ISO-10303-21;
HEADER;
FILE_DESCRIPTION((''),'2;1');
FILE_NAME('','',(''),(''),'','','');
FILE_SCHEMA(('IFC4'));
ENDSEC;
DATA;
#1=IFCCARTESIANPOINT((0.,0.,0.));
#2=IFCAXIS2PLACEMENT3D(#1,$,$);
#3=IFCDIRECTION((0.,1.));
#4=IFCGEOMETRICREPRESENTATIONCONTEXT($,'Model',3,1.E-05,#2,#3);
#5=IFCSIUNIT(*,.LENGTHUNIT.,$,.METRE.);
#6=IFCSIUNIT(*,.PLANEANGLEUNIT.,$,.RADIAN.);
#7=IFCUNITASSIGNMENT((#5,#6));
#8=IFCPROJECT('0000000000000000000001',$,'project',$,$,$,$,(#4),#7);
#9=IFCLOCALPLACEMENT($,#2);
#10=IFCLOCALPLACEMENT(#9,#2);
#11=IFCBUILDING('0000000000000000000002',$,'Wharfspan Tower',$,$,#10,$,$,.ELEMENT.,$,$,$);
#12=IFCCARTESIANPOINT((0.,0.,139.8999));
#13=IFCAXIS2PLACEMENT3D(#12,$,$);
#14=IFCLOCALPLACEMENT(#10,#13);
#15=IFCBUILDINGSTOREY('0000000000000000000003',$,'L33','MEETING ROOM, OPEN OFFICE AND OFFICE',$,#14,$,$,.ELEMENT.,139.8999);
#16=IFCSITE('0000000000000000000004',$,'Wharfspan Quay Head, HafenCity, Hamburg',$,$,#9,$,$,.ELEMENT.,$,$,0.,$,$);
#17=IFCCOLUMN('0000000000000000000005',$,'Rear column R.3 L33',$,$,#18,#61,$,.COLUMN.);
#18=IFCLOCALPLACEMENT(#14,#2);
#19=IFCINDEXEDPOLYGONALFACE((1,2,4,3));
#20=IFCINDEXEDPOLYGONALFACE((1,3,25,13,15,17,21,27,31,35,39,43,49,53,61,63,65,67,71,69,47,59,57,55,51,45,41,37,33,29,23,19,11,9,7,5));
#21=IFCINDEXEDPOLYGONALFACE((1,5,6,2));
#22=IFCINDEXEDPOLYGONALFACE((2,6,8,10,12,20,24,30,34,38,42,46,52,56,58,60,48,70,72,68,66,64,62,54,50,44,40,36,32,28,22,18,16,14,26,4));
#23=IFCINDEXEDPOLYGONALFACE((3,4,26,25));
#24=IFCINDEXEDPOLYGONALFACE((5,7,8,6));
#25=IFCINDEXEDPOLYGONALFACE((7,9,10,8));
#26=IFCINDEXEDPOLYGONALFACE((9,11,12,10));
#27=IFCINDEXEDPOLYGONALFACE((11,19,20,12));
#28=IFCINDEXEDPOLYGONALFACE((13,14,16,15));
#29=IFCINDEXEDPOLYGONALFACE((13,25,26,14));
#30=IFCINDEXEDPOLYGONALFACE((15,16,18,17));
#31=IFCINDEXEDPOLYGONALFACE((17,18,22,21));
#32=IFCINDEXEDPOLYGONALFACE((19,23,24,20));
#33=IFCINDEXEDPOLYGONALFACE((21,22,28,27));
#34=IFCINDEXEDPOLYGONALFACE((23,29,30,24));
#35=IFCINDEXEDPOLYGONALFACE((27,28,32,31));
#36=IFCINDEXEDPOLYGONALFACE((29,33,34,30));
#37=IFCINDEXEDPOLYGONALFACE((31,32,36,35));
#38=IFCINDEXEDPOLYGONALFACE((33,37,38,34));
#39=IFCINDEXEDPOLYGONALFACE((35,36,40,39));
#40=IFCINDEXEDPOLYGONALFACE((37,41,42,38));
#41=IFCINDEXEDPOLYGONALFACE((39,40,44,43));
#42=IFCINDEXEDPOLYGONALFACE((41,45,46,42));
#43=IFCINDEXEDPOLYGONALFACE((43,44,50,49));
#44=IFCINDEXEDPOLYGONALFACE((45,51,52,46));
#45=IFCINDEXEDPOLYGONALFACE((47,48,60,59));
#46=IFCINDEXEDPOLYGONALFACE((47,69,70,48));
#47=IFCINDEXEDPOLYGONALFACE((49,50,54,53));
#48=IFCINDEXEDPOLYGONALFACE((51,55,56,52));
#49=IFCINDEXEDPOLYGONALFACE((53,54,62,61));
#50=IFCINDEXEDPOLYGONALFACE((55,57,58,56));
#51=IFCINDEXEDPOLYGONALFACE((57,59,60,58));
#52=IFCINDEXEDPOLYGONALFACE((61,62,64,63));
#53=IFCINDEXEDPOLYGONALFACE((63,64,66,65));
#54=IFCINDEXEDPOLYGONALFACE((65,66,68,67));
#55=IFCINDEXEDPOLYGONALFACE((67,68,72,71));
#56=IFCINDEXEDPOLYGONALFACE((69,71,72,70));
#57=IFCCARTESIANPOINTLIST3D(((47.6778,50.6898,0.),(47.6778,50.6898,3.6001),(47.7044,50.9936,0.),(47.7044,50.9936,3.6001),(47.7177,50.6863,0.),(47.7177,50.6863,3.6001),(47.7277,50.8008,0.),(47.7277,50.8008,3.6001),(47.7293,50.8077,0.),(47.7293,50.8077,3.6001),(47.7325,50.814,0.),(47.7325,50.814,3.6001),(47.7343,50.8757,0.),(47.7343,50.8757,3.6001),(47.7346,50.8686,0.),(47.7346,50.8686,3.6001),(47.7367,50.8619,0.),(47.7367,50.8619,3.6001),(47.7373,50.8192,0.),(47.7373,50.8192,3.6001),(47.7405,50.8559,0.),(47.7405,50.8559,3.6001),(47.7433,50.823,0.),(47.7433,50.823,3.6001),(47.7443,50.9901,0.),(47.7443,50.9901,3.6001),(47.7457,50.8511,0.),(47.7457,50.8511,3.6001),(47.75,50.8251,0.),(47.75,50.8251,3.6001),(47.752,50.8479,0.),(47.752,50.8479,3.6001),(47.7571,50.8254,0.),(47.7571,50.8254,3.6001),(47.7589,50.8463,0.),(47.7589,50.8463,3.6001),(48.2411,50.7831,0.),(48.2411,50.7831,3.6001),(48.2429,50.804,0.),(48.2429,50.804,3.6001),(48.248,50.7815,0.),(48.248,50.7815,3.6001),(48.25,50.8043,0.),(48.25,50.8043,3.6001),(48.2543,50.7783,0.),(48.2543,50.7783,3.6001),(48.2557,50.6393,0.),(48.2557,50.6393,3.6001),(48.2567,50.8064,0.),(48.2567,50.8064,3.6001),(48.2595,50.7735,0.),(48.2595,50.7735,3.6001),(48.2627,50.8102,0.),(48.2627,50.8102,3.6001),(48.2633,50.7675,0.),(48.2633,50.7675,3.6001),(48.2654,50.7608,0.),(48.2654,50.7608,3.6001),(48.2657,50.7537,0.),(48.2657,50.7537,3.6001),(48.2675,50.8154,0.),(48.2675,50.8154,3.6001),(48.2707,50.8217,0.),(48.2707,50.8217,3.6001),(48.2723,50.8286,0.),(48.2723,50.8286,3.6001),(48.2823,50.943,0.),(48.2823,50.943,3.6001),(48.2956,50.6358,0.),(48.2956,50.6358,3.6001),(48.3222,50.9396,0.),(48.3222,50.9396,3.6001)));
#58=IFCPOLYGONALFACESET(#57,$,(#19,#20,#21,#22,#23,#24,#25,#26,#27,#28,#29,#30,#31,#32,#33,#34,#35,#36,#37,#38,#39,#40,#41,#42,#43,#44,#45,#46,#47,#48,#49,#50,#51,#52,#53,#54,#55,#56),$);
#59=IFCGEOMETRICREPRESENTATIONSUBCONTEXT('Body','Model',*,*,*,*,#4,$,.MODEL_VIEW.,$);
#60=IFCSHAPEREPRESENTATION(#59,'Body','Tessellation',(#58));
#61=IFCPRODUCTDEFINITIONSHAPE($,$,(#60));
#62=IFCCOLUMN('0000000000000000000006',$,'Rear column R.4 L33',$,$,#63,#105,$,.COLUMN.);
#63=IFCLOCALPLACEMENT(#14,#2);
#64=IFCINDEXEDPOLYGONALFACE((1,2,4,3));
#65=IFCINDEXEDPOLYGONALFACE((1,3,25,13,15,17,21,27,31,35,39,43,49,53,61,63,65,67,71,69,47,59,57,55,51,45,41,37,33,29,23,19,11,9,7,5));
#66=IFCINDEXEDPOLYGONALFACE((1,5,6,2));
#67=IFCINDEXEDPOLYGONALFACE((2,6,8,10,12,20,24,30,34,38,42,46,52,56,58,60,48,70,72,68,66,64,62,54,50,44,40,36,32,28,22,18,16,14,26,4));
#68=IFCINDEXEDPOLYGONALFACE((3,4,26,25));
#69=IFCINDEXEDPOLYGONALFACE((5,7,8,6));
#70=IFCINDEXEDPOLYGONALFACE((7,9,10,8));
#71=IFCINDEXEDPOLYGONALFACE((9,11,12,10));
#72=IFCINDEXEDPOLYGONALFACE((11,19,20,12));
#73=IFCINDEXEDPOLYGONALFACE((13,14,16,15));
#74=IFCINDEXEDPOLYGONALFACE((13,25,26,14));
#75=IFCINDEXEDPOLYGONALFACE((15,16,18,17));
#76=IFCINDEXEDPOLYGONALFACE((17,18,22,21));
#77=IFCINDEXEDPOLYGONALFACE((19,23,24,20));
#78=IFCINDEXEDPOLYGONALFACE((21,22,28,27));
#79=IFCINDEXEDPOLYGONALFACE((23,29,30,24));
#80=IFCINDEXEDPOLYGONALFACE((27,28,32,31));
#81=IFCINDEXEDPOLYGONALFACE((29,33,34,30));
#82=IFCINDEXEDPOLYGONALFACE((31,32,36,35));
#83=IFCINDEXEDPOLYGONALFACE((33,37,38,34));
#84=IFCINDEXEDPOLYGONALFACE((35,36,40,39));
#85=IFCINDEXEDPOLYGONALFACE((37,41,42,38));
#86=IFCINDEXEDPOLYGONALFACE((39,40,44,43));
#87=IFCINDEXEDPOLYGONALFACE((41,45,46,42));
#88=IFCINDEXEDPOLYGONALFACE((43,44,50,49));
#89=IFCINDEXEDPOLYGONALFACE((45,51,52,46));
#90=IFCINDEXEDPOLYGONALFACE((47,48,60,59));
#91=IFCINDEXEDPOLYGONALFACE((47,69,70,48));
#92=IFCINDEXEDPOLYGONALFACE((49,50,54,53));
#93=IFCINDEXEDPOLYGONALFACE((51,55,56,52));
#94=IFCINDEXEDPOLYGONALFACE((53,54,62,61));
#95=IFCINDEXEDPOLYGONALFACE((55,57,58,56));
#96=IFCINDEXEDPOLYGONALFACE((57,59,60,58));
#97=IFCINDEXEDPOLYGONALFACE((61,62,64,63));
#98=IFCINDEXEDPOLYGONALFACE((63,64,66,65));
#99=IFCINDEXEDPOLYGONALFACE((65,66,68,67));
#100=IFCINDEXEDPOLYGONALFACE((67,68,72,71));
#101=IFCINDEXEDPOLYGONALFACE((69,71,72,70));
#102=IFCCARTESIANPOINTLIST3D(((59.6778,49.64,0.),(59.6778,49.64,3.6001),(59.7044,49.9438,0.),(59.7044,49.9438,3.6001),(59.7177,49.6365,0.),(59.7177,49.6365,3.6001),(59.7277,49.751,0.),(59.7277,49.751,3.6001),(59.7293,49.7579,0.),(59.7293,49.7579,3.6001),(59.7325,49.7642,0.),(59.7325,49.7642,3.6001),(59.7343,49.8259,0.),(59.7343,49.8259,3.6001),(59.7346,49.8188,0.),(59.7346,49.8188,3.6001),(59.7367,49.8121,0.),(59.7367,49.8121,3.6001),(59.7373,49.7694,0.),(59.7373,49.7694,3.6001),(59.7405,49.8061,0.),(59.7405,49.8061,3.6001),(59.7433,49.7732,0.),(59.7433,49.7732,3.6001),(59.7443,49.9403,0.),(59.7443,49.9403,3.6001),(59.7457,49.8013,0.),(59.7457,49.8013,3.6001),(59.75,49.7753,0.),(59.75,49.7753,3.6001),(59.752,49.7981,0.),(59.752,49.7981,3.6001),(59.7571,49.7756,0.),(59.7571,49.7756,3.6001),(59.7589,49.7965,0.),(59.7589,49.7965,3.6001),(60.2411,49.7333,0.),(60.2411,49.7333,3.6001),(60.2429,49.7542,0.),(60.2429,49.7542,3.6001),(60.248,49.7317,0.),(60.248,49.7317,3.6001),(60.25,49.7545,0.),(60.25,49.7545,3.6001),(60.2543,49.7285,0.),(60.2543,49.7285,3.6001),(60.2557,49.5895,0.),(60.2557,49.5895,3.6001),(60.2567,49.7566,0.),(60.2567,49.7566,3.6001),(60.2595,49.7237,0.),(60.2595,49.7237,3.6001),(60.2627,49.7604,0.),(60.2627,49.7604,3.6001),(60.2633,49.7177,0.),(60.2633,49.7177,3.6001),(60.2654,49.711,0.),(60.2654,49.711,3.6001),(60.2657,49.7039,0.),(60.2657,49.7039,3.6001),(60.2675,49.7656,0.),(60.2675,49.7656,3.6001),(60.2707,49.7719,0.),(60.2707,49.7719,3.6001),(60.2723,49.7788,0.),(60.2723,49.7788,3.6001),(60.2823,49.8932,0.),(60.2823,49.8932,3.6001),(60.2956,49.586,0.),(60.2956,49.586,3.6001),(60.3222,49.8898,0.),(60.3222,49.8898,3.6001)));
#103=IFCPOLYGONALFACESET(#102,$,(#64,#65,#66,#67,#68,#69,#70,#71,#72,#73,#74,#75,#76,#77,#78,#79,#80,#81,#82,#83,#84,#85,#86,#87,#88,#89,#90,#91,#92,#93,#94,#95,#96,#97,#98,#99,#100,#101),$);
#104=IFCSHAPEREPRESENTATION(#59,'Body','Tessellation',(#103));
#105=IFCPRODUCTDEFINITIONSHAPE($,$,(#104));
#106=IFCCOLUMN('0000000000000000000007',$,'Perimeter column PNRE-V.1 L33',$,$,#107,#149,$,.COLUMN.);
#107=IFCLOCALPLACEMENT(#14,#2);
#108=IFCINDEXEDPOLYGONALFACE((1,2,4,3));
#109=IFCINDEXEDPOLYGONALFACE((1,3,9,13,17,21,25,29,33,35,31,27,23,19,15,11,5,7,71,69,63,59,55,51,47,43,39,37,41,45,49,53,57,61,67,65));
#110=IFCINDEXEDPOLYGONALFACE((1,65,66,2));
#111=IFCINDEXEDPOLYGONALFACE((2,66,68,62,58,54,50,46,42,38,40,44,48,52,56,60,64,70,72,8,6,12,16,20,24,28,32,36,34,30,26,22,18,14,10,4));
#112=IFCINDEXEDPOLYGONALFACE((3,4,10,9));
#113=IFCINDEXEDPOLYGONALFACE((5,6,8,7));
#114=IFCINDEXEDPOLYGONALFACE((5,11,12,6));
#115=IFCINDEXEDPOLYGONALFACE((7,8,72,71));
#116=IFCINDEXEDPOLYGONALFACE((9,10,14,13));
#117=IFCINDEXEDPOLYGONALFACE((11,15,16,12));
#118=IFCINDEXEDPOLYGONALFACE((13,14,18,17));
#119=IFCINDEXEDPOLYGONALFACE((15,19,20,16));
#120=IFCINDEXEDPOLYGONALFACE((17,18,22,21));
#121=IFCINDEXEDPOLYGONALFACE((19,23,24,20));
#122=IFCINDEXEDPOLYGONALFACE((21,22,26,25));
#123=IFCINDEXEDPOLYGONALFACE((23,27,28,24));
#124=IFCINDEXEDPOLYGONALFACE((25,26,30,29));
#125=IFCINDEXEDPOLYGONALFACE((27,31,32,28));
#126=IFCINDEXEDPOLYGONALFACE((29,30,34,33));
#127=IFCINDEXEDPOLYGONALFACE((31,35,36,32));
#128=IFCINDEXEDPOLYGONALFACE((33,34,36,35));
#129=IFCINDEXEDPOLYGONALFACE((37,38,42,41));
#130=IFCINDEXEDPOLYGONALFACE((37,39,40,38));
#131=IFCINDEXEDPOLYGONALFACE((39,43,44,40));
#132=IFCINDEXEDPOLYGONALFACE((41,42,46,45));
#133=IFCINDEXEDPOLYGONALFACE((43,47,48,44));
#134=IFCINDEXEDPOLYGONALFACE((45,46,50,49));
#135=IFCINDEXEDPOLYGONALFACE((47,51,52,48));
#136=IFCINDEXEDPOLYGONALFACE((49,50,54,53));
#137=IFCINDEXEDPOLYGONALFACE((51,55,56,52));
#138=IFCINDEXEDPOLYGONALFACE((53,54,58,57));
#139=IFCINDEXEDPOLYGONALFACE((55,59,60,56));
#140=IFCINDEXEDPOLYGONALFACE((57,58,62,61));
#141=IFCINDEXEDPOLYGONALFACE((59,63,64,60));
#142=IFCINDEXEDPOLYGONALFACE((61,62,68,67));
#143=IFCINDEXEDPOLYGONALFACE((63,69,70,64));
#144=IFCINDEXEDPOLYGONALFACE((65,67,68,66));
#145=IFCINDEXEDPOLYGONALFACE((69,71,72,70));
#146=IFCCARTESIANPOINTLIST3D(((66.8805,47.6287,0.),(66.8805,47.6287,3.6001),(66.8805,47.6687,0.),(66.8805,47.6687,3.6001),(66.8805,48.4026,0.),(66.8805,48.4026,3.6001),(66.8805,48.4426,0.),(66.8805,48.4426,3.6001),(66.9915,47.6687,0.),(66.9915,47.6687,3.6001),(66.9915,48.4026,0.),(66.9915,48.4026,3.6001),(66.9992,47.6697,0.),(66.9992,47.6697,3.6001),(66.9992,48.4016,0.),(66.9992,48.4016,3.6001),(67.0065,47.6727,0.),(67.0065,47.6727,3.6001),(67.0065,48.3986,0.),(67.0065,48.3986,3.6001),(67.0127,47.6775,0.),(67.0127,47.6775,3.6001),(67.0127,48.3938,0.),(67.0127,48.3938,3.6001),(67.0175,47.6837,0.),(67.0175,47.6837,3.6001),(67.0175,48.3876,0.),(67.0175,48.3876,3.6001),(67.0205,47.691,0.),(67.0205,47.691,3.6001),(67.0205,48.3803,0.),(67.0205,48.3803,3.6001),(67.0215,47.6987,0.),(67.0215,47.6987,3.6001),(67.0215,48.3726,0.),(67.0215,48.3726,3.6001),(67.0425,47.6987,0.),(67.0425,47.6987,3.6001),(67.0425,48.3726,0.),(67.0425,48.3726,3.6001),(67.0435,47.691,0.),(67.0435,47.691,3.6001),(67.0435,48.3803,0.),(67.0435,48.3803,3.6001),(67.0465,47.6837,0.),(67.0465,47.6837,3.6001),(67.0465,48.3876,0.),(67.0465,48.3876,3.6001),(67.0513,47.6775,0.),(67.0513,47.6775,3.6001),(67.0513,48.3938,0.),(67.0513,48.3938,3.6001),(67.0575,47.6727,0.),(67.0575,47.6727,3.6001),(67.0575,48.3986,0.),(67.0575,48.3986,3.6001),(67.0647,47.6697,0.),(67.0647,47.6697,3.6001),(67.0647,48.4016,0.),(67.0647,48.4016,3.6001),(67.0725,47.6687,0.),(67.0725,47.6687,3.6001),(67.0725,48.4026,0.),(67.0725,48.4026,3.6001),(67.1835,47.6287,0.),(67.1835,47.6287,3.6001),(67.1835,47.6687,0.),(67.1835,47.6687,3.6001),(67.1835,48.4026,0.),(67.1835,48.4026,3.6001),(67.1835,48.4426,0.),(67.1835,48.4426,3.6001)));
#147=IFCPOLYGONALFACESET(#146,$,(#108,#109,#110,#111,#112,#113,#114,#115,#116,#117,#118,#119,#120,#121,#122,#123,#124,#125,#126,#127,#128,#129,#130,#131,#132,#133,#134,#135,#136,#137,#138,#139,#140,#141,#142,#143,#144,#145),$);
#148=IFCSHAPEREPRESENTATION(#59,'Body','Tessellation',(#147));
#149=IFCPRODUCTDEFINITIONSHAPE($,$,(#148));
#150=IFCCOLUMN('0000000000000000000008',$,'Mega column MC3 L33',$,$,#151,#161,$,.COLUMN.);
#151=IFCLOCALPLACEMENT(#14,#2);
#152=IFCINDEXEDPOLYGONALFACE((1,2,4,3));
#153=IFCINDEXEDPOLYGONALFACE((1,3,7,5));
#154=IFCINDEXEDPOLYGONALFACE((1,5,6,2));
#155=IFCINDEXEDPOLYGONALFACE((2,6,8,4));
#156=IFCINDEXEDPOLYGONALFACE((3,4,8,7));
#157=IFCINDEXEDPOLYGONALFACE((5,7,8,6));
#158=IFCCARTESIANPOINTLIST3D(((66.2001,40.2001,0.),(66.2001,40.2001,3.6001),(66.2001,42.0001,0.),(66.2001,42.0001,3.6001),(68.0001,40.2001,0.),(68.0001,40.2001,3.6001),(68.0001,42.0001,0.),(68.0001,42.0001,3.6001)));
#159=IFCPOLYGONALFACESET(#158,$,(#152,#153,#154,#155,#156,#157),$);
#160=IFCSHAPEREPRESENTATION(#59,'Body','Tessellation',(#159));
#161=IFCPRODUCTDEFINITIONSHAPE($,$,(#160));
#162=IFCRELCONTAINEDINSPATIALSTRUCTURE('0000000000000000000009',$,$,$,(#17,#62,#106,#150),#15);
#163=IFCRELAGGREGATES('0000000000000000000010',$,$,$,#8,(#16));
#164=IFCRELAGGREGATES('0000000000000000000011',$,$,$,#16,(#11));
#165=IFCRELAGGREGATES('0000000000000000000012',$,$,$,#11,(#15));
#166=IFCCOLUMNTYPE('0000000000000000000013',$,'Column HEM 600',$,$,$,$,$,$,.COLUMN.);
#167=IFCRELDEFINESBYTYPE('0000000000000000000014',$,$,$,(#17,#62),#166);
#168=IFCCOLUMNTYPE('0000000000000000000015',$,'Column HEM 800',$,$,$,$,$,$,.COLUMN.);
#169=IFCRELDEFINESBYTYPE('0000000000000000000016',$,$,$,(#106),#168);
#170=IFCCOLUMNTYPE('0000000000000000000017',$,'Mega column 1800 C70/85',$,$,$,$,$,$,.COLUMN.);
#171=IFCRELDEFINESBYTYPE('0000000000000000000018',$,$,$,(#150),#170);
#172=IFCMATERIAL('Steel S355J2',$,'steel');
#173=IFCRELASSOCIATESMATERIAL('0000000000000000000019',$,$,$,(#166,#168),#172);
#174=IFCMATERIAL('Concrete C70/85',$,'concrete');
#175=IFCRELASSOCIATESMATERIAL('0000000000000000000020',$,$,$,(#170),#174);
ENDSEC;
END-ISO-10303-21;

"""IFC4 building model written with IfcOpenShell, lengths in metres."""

from ifc_helpers import new_model, si_unit, direction, frame, origin, origin_2d, place, context, subcontext, project, spatial, rectangle, i_section, extrude, material, material_profile, profile_set, type_object, element, save


model = new_model("IFC4")

# Units and contexts
model_context = context("Model", 3, precision=1e-05, world=origin(), true_north=direction((0.0, 1.0)))
body_context = subcontext(model_context, "Body", "Model", "MODEL_VIEW")
ifc_project = project(units=[si_unit("LENGTHUNIT", "METRE"), si_unit("PLANEANGLEUNIT", "RADIAN")], contexts=[model_context])

# Site, building, storey
site_placement = place(None, origin())
site = spatial("IfcSite", under=ifc_project, at=site_placement, Name="Wharfspan Quay Head, HafenCity, Hamburg", CompositionType="ELEMENT", RefElevation=0.0)
building_placement = place(site_placement, origin())
building = spatial("IfcBuilding", under=site, at=building_placement, Name="Wharfspan Tower", CompositionType="ELEMENT")
storey_placement = place(building_placement, frame((0.0, 0.0, 139.8999)))
storey = spatial("IfcBuildingStorey", under=building, at=storey_placement, Name="L33", Description="MEETING ROOM, OPEN OFFICE AND OFFICE", CompositionType="ELEMENT", Elevation=139.8999)

# Columns
ifc_material_1 = material(Name="Steel S355J2", Category="steel")
ifc_material_profile_1 = material_profile(ifc_material_1, i_section(OverallWidth=0.3049, OverallDepth=0.6201, WebThickness=0.021, FlangeThickness=0.04, FilletRadius=0.0271, at=origin_2d()))
ifc_profile_set_1 = profile_set([ifc_material_profile_1], Name="Steel S355J2")
column_type_1 = type_object("IfcColumnType", Name="Column HEM 600", PredefinedType="COLUMN", material=ifc_profile_set_1)
for number, where, z_axis, x_axis, name in (
    (1, (48.0, 50.8147, 0.0), (0.0, 0.0, 1.0), (0.087156, 0.996198, 0.0), "Rear column R.3 L33"),
    (2, (60.0, 49.7649, 0.0), (0.0, 0.0, 1.0), (0.087156, 0.996198, 0.0), "Rear column R.4 L33"),
):
    element("IfcColumn", number, at=place(storey_placement, frame(where, z_axis=z_axis, x_axis=x_axis)), inside=storey, type_object=column_type_1, Name=name, PredefinedType="COLUMN", context=body_context, shape_type="SweptSolid", body=[
        extrude(i_section(OverallWidth=0.3049, OverallDepth=0.6201, WebThickness=0.021, FlangeThickness=0.04, FilletRadius=0.0271, at=origin_2d()), origin(), (0.0, 0.0, 1.0), 3.6001),
    ])
ifc_material_profile_2 = material_profile(ifc_material_1, i_section(OverallWidth=0.303, OverallDepth=0.814, WebThickness=0.021, FlangeThickness=0.04, FilletRadius=0.03, at=origin_2d()))
ifc_profile_set_2 = profile_set([ifc_material_profile_2], Name="Steel S355J2")
column_type_2 = type_object("IfcColumnType", Name="Column HEM 800", PredefinedType="COLUMN", material=ifc_profile_set_2)
column_1_placement = place(storey_placement, frame((67.032, 48.0356, 0.0), z_axis=(0.0, 0.0, 1.0), x_axis=(1.0, 0.0, 0.0)))
element("IfcColumn", 3, at=column_1_placement, inside=storey, type_object=column_type_2, Name="Perimeter column PNRE-V.1 L33", PredefinedType="COLUMN", context=body_context, shape_type="SweptSolid", body=[
    extrude(i_section(OverallWidth=0.303, OverallDepth=0.814, WebThickness=0.021, FlangeThickness=0.04, FilletRadius=0.03, at=origin_2d()), origin(), (0.0, 0.0, 1.0), 3.6001),
])
ifc_material_2 = material(Name="Concrete C70/85", Category="concrete")
ifc_material_profile_3 = material_profile(ifc_material_2, rectangle(XDim=1.8, YDim=1.8, at=origin_2d()))
ifc_profile_set_3 = profile_set([ifc_material_profile_3], Name="Concrete C70/85")
column_type_3 = type_object("IfcColumnType", Name="Mega column 1800 C70/85", PredefinedType="COLUMN", material=ifc_profile_set_3)
column_2_placement = place(storey_placement, frame((67.1001, 41.1001, 0.0), z_axis=(0.0, 0.0, 1.0), x_axis=(1.0, 0.0, 0.0)))
element("IfcColumn", 4, at=column_2_placement, inside=storey, type_object=column_type_3, Name="Mega column MC3 L33", PredefinedType="COLUMN", context=body_context, shape_type="SweptSolid", body=[
    extrude(rectangle(XDim=1.8, YDim=1.8, at=origin_2d()), origin(), (0.0, 0.0, 1.0), 3.6001),
])

save(model, "model.ifc")
